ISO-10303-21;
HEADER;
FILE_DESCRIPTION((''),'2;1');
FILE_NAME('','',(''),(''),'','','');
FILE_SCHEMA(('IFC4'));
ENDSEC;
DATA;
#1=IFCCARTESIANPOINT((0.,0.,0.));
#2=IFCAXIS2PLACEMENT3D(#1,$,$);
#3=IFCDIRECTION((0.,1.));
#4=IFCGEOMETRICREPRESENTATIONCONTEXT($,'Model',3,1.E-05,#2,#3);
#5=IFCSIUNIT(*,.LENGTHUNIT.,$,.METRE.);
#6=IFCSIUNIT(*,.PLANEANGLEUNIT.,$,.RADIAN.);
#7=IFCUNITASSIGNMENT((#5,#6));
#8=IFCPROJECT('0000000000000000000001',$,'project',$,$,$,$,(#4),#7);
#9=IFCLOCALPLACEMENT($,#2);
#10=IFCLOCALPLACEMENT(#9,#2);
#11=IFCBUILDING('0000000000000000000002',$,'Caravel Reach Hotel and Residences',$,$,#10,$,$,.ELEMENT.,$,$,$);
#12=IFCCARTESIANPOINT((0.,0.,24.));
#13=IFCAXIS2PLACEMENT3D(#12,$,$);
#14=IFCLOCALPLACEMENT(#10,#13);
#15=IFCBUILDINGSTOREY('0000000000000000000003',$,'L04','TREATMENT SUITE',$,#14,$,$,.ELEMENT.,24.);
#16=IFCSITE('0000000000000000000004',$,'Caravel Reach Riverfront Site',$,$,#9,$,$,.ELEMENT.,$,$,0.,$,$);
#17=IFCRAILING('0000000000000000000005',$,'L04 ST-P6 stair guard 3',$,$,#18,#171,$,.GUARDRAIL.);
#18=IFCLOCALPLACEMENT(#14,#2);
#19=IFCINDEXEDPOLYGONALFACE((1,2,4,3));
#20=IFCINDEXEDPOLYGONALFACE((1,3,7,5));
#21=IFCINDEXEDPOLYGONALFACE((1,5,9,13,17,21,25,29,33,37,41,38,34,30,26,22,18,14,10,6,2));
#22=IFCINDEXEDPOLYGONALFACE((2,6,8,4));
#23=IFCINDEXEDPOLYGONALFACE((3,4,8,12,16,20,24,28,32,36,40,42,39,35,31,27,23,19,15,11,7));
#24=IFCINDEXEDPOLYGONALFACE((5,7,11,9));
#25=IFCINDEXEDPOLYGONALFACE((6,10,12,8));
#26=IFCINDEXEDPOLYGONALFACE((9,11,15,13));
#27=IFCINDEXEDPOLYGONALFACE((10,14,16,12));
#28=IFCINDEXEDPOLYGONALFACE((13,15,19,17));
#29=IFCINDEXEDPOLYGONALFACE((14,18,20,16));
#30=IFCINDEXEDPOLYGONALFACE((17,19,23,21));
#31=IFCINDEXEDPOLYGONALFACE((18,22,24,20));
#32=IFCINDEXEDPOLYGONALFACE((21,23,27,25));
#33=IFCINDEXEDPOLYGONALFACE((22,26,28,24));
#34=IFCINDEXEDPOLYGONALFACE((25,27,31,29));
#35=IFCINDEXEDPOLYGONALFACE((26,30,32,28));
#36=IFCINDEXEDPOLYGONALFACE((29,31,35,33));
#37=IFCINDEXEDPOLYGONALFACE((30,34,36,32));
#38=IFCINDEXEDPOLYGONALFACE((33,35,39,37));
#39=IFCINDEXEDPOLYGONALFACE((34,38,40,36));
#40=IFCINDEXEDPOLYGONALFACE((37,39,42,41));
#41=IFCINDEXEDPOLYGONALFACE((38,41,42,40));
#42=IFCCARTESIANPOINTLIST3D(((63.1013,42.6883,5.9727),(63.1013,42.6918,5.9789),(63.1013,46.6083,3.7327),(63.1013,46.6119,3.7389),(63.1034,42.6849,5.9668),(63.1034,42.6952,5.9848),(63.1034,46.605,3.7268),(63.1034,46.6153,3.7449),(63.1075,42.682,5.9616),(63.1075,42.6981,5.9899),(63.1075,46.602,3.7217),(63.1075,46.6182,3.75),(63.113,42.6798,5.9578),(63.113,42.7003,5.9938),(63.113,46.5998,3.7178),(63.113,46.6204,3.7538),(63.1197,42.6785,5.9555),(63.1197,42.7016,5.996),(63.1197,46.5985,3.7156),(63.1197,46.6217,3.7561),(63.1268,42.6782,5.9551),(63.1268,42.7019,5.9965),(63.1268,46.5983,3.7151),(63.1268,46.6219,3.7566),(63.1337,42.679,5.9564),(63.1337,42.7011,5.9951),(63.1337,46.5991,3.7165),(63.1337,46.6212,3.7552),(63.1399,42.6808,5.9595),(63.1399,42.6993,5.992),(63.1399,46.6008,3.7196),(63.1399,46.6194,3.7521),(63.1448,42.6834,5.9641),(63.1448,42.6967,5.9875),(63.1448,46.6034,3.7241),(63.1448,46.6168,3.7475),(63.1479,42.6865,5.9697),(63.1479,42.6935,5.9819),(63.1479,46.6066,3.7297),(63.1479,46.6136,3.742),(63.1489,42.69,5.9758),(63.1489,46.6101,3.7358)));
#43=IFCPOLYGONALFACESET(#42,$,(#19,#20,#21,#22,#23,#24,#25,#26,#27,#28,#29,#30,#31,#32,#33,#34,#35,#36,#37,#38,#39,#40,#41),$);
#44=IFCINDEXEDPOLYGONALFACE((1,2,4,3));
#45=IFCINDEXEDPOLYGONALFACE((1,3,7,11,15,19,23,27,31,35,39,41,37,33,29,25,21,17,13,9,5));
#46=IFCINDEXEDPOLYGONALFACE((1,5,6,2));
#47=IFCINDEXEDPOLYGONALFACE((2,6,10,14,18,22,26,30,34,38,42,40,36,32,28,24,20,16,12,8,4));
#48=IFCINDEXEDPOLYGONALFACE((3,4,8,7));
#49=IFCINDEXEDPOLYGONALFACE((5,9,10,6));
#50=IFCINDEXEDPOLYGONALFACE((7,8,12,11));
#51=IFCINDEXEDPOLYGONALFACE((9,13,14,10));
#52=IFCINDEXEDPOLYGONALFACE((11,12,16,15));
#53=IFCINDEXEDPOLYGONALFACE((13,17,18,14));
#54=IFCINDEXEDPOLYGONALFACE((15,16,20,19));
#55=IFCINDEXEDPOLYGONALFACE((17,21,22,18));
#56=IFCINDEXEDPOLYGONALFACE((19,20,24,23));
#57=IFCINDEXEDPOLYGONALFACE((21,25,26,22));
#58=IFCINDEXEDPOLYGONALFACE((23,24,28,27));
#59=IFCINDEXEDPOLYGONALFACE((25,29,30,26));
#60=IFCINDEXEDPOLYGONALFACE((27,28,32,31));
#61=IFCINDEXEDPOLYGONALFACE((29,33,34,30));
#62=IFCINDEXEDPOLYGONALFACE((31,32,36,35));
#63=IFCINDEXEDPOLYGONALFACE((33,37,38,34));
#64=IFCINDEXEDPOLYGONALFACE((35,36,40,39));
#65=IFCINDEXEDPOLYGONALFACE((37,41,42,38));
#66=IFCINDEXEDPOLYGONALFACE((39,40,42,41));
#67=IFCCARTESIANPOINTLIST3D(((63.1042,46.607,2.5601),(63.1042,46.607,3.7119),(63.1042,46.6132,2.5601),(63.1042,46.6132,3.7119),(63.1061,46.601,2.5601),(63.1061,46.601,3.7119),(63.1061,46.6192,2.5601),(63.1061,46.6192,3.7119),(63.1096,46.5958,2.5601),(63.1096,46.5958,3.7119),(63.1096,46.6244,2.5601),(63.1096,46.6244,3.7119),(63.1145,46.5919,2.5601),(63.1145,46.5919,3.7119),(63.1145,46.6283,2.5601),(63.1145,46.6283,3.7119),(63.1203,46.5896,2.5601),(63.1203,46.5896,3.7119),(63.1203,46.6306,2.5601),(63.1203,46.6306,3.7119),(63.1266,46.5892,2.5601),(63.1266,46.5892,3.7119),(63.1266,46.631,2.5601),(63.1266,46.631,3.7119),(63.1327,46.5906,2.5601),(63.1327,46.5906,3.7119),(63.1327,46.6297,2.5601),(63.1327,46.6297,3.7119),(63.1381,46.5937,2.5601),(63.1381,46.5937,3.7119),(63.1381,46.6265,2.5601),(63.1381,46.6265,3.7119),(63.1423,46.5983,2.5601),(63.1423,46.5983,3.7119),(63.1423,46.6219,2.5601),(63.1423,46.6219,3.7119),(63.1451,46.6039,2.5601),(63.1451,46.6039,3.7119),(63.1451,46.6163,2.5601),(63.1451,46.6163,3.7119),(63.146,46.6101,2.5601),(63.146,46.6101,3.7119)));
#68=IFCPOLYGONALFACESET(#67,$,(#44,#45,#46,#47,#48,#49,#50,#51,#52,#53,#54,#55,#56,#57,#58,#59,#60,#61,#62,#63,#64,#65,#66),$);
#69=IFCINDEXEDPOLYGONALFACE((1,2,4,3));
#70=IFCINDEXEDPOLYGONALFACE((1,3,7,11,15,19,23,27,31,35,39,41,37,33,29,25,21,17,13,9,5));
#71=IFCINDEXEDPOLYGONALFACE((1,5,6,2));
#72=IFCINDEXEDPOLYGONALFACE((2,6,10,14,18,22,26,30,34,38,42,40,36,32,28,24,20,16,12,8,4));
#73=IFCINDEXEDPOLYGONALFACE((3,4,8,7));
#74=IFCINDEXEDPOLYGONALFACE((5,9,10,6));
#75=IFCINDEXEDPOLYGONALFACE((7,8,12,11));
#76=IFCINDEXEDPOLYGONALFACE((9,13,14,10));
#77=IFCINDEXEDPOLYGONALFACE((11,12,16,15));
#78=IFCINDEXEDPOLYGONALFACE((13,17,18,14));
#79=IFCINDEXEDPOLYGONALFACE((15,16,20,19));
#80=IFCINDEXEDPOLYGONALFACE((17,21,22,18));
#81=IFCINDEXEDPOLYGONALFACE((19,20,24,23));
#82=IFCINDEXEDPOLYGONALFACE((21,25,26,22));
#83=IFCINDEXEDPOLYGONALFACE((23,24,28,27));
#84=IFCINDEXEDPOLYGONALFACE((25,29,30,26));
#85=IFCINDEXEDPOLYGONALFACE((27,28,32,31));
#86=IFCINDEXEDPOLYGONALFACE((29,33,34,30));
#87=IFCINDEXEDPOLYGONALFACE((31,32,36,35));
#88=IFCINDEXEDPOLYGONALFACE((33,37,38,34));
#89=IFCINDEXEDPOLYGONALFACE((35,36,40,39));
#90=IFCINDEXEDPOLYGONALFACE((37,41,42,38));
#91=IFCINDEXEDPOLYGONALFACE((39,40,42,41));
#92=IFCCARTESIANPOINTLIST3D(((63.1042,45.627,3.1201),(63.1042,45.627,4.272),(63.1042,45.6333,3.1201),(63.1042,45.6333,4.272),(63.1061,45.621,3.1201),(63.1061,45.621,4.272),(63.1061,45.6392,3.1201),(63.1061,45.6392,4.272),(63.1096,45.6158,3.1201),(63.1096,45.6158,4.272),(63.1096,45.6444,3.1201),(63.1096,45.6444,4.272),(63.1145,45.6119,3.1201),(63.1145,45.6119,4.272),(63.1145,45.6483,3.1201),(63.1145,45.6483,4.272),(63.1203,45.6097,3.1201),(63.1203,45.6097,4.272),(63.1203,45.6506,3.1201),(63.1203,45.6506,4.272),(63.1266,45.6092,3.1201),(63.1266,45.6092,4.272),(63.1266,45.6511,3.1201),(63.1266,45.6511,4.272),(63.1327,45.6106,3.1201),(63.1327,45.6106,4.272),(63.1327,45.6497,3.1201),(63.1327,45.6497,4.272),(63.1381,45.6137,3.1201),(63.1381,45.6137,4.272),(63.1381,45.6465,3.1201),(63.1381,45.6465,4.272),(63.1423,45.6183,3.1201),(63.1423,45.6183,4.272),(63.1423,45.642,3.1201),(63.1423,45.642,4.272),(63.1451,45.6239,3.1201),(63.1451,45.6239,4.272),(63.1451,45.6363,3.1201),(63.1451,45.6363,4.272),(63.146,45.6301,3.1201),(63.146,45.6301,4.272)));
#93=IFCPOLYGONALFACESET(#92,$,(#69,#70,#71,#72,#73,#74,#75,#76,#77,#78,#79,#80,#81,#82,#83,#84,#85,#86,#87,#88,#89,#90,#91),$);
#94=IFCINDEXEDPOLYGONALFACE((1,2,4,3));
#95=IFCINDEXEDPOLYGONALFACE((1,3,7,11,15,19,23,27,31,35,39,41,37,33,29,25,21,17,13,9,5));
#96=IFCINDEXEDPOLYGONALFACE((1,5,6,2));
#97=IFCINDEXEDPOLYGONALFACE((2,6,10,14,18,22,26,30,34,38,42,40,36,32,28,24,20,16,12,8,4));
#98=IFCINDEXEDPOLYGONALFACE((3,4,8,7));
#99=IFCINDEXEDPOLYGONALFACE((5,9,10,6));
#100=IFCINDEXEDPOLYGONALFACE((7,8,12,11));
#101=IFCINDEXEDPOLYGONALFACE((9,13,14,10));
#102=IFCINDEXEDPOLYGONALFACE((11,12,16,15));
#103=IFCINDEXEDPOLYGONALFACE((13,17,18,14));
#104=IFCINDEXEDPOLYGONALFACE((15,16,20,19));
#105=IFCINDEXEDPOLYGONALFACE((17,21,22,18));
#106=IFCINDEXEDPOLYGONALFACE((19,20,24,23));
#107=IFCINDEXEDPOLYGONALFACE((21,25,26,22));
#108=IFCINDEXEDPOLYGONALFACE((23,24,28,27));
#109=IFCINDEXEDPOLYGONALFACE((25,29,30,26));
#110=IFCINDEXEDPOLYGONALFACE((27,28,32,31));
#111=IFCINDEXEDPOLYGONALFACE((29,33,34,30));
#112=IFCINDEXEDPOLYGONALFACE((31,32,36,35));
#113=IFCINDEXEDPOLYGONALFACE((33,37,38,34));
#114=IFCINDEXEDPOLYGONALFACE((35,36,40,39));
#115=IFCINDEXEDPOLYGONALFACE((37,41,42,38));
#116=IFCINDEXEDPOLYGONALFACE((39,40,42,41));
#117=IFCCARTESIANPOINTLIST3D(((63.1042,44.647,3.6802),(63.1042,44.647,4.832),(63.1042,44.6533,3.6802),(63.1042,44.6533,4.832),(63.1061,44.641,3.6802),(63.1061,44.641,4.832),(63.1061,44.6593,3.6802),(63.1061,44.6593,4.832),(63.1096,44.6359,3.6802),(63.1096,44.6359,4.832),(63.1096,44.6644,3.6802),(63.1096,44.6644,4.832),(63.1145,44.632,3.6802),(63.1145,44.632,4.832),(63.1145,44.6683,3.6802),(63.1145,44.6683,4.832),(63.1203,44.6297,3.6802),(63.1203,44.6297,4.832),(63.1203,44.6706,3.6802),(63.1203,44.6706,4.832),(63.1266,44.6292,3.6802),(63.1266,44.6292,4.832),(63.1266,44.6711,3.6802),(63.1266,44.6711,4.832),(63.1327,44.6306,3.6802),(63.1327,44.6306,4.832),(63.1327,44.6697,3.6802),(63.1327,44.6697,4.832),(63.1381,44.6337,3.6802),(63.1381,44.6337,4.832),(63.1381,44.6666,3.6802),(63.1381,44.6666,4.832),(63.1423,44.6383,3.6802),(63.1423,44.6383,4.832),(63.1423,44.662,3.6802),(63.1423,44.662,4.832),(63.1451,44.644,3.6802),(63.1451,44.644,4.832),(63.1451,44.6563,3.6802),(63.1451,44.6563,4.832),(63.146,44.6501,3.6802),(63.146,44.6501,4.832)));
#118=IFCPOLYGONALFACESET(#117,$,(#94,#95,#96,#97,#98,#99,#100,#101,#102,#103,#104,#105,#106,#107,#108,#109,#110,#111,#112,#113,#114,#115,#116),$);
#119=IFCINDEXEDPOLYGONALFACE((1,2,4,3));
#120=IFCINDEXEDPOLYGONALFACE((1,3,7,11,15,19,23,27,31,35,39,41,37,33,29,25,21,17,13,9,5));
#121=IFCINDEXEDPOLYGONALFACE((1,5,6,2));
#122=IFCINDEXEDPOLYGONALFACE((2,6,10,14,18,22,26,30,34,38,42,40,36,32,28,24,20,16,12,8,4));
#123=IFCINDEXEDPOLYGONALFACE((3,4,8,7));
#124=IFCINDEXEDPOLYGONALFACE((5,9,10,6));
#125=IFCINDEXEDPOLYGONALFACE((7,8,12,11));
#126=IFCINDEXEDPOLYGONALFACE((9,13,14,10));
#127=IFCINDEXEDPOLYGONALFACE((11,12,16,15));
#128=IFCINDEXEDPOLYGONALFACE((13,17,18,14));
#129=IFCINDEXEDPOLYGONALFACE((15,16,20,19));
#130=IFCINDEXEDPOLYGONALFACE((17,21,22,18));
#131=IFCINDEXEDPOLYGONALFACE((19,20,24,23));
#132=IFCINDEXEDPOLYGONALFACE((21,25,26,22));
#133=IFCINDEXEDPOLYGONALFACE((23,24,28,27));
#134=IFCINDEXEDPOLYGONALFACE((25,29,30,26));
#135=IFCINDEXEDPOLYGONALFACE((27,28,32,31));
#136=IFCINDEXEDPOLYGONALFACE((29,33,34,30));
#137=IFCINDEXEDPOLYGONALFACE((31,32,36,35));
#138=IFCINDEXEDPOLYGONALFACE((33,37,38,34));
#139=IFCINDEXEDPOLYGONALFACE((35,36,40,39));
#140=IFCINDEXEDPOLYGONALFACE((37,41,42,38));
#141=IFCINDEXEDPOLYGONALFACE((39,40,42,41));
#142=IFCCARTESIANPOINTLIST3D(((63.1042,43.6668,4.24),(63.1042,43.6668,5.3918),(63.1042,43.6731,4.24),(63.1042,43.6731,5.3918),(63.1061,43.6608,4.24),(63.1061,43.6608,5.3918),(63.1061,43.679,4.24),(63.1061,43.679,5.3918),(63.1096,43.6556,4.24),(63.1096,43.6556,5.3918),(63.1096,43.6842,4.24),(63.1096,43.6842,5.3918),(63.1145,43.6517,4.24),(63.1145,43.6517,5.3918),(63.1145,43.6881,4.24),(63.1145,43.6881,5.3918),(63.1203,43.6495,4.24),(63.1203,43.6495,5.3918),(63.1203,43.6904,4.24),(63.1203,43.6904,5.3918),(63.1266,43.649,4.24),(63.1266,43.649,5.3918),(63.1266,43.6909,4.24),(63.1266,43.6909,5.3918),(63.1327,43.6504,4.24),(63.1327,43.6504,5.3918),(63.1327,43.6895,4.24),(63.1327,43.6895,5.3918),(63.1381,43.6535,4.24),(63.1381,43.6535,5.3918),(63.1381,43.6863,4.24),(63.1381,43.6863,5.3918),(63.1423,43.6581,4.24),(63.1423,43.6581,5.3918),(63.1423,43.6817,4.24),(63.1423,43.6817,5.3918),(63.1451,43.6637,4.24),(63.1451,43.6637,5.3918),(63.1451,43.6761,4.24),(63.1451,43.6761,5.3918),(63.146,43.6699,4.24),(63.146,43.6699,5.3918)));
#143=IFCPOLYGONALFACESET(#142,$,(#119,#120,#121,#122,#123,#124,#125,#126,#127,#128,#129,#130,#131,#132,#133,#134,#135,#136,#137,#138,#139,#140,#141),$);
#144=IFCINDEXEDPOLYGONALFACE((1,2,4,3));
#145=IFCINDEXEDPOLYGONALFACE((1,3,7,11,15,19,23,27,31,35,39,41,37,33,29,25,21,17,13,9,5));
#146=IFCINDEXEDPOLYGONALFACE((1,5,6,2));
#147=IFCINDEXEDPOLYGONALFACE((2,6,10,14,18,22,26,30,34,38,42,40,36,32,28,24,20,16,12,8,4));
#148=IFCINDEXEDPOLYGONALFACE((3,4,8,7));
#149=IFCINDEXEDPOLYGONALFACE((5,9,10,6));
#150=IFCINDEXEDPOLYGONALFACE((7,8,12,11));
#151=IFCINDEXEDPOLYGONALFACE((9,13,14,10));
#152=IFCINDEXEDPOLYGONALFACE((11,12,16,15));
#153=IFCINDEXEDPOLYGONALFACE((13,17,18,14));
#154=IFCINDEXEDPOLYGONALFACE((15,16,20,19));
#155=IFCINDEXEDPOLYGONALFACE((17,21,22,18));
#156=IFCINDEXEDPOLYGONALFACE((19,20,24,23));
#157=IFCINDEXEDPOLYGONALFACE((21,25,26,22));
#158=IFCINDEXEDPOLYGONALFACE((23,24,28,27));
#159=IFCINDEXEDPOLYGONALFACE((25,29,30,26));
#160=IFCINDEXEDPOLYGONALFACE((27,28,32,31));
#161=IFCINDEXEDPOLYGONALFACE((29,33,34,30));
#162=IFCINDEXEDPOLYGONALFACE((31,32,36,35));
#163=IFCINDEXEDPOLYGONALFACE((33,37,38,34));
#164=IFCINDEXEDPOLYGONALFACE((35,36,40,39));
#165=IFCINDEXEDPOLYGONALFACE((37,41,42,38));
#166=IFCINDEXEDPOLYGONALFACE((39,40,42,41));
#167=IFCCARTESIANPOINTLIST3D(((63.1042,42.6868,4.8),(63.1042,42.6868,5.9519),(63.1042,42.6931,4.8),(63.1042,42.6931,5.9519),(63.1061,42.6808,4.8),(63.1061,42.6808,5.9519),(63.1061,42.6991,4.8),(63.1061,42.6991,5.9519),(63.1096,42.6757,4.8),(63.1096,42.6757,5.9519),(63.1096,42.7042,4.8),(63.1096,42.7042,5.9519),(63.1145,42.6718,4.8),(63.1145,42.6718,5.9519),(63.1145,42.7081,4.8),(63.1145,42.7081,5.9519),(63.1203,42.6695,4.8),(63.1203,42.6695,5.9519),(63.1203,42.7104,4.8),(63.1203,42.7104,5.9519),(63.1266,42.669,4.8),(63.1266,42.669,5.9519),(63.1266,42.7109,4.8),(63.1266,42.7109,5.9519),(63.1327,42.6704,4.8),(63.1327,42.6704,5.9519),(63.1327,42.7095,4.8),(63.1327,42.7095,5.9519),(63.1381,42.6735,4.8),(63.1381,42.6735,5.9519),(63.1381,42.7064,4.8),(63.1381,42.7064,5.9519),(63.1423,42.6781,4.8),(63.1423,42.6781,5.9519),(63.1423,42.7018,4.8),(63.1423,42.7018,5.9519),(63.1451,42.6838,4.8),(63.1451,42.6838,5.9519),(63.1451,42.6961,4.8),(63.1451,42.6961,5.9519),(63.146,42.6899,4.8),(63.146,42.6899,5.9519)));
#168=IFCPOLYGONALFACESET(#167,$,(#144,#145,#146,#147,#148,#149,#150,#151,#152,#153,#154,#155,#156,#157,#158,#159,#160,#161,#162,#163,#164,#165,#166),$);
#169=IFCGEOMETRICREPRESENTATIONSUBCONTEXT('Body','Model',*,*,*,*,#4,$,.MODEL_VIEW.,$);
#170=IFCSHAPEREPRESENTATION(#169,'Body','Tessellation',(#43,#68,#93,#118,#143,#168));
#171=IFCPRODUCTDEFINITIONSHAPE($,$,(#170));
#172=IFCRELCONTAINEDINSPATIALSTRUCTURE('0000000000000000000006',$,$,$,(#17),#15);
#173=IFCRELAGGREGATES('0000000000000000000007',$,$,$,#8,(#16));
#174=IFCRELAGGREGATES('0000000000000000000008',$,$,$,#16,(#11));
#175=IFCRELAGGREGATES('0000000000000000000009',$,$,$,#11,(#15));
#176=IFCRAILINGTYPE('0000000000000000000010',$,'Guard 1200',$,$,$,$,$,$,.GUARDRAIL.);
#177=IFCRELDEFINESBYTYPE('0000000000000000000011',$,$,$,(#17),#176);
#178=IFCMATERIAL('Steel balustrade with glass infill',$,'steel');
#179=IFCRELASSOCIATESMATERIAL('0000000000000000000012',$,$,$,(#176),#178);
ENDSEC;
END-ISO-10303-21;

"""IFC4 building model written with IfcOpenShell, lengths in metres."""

from ifc_helpers import new_model, si_unit, direction, frame, origin, origin_2d, place, context, subcontext, project, spatial, circle, extrude, material, type_object, element, save


model = new_model("IFC4")

# Units and contexts
model_context = context("Model", 3, precision=1e-05, world=origin(), true_north=direction((0.0, 1.0)))
body_context = subcontext(model_context, "Body", "Model", "MODEL_VIEW")
ifc_project = project(units=[si_unit("LENGTHUNIT", "METRE"), si_unit("PLANEANGLEUNIT", "RADIAN")], contexts=[model_context])

# Site, building, storey
site_placement = place(None, origin())
site = spatial("IfcSite", under=ifc_project, at=site_placement, Name="Caravel Reach Riverfront Site", CompositionType="ELEMENT", RefElevation=0.0)
building_placement = place(site_placement, origin())
building = spatial("IfcBuilding", under=site, at=building_placement, Name="Caravel Reach Hotel and Residences", CompositionType="ELEMENT")
storey_placement = place(building_placement, frame((0.0, 0.0, 24.0)))
storey = spatial("IfcBuildingStorey", under=building, at=storey_placement, Name="L04", Description="TREATMENT SUITE", CompositionType="ELEMENT", Elevation=24.0)

# Railing
ifc_material_1 = material(Name="Steel balustrade with glass infill", Category="steel")
railing_type_1 = type_object("IfcRailingType", Name="Guard 1200", PredefinedType="GUARDRAIL", material=ifc_material_1)
railing_1_placement = place(storey_placement, frame((63.125, 46.6101, 2.5601)))
element("IfcRailing", 1, at=railing_1_placement, inside=storey, type_object=railing_type_1, Name="L04 ST-P6 stair guard 3", PredefinedType="GUARDRAIL", context=body_context, shape_type="SweptSolid", body=[
    extrude(circle(Radius=0.0239, at=origin_2d()), frame((0.0, 0.0, 1.1758), z_axis=(0.0, -0.868253, 0.496121), x_axis=(1.0, 0.0, 0.0)), (0.0, 0.0, 1.0), 4.5149),
    extrude(circle(Radius=0.021, at=origin_2d()), origin(), (0.0, 0.0, 1.0), 1.1519),
    extrude(circle(Radius=0.021, at=origin_2d()), frame((0.0, -0.98, 0.5601)), (0.0, 0.0, 1.0), 1.1519),
    extrude(circle(Radius=0.021, at=origin_2d()), frame((0.0, -1.96, 1.1201)), (0.0, 0.0, 1.0), 1.1519),
    extrude(circle(Radius=0.021, at=origin_2d()), frame((0.0, -2.9402, 1.6799)), (0.0, 0.0, 1.0), 1.1519),
    extrude(circle(Radius=0.021, at=origin_2d()), frame((0.0, -3.9202, 2.24)), (0.0, 0.0, 1.0), 1.1519),
])

save(model, "model.ifc")
